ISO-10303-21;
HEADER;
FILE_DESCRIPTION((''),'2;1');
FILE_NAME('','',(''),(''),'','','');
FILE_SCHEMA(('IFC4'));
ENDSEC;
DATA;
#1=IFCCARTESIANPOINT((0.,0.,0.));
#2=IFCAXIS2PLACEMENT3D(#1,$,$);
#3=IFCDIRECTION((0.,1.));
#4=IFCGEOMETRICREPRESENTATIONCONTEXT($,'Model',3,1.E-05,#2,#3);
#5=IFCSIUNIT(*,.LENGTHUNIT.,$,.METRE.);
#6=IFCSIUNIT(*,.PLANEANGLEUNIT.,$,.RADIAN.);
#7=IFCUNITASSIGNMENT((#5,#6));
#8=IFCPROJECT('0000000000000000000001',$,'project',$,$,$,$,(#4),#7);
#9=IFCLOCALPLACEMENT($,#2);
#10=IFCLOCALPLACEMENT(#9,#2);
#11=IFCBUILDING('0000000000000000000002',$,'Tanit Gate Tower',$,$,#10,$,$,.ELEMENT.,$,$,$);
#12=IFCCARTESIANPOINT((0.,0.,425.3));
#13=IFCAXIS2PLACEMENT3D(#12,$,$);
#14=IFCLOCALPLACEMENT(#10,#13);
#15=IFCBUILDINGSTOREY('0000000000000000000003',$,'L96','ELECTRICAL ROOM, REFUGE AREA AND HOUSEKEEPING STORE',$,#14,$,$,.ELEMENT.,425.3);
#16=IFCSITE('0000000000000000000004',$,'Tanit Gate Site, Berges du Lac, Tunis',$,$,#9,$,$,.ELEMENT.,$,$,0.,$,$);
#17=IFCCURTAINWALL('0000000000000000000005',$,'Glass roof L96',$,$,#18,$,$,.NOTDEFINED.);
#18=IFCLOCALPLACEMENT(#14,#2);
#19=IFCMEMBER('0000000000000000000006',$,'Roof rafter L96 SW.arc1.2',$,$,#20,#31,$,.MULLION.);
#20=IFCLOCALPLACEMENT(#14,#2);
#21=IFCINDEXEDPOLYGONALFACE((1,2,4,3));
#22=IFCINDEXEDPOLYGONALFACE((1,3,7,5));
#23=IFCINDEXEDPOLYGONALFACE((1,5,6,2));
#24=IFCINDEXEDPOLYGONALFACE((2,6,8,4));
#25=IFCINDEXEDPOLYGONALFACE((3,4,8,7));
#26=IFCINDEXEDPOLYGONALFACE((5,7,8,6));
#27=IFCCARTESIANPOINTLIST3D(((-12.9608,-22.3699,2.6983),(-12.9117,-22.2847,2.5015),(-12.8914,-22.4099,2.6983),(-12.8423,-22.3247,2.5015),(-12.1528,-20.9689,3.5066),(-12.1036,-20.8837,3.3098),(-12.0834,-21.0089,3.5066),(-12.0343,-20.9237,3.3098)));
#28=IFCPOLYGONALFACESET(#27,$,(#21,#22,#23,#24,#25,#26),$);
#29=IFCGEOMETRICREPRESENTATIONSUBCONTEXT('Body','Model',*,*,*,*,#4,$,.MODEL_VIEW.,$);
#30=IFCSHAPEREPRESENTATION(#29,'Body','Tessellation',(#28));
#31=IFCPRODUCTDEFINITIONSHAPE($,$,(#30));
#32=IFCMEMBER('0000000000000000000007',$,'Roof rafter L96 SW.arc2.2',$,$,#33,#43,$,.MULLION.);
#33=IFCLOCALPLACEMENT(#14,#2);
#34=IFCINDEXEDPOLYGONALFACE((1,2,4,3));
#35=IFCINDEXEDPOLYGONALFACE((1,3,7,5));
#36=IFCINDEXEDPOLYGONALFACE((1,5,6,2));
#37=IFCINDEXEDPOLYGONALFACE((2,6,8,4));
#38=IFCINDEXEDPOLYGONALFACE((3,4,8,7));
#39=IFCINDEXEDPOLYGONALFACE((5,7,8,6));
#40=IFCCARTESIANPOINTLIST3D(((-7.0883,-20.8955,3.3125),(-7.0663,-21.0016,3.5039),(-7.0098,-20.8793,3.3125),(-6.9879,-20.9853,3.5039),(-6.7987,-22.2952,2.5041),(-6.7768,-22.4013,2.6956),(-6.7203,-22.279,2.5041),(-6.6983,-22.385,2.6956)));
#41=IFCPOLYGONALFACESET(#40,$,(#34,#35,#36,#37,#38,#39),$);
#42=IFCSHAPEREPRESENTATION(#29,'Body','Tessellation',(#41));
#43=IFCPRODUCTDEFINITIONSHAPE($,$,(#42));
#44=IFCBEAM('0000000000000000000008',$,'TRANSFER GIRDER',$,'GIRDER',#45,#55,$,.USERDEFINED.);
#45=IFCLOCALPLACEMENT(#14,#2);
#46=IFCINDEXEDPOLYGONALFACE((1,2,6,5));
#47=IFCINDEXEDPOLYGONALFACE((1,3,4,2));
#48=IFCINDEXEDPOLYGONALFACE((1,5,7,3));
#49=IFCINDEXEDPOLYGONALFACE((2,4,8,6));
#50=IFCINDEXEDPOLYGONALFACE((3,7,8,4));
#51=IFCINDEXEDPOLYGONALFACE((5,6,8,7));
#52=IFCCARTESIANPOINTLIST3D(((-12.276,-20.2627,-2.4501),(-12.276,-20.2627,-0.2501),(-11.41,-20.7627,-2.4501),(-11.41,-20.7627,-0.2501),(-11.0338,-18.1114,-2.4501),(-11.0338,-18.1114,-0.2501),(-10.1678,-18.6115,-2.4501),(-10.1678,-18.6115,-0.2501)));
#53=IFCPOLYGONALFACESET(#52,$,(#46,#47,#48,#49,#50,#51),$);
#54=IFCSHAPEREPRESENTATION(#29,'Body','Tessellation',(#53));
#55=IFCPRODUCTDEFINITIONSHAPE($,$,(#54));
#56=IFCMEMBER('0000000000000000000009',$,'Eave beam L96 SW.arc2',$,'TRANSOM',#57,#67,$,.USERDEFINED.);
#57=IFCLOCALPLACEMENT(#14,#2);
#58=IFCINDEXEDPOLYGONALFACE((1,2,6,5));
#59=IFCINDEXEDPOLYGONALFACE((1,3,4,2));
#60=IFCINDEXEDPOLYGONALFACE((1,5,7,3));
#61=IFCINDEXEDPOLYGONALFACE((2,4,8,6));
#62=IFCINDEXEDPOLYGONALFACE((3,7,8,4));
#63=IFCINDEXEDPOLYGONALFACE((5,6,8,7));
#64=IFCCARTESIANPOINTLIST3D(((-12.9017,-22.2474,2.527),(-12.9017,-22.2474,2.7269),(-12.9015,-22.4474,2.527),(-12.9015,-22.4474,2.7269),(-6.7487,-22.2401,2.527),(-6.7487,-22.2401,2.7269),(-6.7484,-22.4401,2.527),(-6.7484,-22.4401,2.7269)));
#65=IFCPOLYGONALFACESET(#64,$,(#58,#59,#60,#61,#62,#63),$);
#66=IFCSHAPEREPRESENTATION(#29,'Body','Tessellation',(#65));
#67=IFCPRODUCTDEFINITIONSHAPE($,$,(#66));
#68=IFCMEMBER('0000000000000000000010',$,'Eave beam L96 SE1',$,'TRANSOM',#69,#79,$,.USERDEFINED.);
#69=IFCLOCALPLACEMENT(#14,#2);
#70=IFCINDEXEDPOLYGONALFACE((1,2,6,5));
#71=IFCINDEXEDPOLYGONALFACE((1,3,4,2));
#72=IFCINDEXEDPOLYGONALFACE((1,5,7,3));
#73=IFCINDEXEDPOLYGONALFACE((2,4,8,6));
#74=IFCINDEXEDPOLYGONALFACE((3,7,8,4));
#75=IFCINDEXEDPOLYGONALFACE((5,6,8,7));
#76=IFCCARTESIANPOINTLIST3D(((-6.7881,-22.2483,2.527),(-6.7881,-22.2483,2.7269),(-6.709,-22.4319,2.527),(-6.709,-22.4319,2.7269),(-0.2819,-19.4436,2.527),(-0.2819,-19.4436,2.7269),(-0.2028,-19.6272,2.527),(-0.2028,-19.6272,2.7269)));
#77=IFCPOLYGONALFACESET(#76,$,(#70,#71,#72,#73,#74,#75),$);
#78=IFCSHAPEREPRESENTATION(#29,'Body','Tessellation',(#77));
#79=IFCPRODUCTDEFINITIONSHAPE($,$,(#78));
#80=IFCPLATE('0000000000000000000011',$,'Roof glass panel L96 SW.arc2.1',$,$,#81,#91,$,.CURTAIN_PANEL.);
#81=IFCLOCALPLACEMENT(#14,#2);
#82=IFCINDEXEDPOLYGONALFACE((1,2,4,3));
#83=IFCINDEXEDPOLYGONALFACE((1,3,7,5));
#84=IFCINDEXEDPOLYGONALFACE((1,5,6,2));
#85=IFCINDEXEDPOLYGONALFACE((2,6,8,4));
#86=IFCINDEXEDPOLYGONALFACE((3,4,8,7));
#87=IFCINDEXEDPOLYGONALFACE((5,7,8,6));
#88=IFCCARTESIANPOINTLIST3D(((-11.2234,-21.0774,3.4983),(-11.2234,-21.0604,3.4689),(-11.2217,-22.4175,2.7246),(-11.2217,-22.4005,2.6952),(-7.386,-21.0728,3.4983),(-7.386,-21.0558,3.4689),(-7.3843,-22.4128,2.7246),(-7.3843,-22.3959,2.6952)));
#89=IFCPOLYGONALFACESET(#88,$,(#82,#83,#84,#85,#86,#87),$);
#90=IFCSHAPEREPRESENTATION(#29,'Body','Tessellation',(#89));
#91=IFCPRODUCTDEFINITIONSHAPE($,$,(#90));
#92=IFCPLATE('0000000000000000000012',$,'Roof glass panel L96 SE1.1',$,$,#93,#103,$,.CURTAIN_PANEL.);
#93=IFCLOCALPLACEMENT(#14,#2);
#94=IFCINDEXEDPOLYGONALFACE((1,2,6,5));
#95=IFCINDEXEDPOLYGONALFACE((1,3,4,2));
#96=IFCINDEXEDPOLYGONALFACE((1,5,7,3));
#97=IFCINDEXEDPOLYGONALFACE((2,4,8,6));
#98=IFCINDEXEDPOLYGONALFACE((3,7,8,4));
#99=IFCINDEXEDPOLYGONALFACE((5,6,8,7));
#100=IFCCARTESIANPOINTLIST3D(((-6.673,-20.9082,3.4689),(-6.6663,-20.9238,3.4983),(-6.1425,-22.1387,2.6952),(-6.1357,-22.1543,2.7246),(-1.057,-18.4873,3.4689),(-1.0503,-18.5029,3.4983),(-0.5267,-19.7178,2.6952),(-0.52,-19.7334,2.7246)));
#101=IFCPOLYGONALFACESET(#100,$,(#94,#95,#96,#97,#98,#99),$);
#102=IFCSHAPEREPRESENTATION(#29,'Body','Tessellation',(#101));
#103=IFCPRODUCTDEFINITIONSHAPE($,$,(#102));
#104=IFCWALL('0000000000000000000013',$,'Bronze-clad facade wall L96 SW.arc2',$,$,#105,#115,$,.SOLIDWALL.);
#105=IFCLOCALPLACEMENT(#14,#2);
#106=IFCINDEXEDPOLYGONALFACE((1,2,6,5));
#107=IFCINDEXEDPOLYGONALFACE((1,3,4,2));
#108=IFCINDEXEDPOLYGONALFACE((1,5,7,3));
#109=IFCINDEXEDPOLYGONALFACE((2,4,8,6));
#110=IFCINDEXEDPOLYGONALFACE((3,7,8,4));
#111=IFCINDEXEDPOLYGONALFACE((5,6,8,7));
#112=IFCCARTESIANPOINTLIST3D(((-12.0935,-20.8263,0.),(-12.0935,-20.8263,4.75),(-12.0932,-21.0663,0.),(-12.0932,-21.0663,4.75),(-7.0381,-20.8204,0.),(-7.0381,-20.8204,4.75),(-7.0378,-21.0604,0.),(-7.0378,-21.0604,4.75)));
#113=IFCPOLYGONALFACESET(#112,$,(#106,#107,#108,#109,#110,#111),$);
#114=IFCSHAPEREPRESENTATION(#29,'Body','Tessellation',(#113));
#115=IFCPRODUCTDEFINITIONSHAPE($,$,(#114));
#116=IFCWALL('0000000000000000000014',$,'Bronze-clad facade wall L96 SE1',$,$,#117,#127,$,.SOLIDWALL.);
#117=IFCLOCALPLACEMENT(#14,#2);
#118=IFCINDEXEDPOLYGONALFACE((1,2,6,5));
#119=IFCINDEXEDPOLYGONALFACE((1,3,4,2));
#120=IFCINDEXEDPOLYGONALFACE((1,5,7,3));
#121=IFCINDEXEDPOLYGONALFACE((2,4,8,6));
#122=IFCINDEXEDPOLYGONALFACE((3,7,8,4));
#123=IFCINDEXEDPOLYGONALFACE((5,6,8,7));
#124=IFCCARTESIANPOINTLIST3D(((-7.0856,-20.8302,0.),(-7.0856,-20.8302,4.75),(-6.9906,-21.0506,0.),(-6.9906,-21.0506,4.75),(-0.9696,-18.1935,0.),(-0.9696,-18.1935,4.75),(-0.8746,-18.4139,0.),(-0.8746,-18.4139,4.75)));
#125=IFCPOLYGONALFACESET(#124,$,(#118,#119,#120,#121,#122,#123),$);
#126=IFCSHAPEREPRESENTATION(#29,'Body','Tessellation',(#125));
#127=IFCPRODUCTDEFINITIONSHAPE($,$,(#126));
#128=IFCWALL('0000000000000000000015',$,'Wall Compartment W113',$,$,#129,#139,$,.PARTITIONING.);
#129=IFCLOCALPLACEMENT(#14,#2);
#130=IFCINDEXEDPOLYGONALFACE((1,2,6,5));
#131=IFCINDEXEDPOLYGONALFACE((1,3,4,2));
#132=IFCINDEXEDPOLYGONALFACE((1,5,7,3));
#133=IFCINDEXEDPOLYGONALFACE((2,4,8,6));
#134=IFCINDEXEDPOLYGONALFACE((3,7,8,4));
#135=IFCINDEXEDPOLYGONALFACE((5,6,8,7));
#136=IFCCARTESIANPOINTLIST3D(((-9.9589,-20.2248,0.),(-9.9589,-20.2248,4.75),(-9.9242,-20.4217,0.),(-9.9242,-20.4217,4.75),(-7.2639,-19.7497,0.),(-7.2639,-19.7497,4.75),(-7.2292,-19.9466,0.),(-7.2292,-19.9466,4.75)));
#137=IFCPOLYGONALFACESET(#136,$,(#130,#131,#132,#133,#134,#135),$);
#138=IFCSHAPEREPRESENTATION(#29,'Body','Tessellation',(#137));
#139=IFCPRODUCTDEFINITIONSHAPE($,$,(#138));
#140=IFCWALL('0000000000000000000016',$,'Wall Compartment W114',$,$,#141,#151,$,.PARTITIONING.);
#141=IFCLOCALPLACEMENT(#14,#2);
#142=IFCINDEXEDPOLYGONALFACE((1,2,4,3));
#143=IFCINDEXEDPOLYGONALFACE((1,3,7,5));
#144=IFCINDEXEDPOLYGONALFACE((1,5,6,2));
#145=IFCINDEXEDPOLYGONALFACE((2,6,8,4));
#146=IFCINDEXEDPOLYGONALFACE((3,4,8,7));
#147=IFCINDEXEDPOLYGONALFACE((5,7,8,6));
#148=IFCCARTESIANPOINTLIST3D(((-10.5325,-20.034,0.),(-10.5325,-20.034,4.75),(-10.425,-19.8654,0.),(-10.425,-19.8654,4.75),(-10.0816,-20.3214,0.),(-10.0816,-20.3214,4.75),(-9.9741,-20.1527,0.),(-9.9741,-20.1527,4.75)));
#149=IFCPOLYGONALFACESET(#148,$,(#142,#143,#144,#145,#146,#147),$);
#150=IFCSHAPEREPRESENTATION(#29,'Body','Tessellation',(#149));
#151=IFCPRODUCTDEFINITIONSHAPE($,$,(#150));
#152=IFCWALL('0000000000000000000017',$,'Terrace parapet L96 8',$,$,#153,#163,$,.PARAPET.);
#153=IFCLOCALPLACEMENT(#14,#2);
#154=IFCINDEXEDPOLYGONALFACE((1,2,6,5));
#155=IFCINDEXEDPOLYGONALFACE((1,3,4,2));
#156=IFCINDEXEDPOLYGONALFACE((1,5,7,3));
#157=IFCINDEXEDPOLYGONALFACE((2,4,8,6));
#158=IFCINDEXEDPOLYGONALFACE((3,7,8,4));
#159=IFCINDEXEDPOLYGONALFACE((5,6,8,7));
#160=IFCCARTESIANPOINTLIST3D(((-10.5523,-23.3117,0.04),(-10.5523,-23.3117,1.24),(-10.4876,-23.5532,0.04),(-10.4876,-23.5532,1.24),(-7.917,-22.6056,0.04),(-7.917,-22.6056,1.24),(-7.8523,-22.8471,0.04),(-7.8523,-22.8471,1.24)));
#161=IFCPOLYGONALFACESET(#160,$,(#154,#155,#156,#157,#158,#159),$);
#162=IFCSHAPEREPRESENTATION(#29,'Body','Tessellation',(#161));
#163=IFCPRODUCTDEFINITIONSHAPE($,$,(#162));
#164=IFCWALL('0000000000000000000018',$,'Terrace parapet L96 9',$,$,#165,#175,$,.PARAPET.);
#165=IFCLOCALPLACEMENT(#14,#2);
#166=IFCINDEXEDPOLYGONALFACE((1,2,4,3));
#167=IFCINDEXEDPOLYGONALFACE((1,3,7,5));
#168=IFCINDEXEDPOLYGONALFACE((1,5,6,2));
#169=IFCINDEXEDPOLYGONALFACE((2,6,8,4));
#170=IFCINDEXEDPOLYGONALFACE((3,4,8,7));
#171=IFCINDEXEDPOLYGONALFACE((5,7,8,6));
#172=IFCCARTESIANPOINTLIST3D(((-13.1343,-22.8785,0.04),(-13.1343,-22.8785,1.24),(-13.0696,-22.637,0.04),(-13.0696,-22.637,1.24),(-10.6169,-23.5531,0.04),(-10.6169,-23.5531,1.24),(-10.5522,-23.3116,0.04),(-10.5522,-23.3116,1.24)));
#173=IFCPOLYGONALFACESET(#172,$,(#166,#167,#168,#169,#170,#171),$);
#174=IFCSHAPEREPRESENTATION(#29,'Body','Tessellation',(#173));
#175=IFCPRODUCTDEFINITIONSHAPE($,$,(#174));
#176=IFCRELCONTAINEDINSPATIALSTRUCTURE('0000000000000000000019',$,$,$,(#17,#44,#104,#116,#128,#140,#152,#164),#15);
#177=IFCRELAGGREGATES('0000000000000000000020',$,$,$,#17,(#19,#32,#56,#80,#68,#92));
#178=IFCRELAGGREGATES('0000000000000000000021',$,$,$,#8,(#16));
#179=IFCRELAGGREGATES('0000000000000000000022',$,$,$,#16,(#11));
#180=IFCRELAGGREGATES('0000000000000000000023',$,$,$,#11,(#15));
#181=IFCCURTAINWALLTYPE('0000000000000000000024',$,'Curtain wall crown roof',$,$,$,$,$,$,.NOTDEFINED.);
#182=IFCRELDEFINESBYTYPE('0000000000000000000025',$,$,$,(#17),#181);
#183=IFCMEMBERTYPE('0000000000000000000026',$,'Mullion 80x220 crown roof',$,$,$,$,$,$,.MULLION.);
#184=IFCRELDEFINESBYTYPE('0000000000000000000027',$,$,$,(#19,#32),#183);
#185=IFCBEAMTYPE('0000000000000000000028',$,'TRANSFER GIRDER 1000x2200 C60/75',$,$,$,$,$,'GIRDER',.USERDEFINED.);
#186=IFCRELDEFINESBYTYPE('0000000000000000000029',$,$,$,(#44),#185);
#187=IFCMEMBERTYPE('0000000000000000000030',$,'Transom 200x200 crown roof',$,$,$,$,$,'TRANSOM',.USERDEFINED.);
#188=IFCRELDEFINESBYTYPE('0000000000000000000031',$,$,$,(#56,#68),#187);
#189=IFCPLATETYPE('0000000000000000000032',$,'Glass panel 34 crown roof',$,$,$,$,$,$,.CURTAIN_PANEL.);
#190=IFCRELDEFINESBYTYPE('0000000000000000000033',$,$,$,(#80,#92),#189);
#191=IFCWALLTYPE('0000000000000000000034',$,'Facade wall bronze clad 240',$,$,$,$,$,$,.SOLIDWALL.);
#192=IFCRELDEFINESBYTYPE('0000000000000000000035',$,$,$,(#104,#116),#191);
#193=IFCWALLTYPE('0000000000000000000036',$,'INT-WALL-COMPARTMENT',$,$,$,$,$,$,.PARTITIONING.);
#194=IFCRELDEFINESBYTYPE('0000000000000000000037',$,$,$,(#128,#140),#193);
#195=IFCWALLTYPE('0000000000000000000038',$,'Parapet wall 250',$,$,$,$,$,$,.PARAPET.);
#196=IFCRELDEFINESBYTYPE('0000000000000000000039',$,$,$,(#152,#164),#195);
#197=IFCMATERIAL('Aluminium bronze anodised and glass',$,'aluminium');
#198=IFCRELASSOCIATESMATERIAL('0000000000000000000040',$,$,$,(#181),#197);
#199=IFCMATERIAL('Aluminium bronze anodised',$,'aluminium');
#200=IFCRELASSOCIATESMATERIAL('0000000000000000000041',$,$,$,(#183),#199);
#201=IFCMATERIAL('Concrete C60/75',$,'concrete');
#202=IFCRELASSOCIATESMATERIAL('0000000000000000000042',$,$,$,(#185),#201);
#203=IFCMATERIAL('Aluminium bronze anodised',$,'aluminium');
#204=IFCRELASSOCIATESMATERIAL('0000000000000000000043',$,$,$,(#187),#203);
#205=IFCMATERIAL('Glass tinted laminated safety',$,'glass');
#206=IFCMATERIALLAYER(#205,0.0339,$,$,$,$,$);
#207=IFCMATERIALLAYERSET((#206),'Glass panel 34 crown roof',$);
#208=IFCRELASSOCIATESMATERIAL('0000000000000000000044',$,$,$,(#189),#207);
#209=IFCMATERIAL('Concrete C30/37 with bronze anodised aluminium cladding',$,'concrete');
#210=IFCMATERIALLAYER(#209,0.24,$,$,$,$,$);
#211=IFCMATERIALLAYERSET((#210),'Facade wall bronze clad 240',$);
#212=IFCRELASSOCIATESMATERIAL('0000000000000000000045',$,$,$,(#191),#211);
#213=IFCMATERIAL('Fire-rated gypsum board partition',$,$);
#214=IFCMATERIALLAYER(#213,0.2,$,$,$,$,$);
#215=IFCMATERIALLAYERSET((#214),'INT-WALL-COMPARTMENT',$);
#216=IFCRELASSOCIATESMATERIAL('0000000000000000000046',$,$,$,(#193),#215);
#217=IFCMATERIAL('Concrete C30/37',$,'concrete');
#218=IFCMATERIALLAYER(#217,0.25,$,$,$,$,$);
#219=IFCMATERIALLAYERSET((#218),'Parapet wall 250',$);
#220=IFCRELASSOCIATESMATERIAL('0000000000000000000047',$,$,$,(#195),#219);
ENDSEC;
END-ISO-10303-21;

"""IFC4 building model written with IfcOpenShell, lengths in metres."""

from ifc_helpers import new_model, si_unit, direction, frame, frame_2d, origin, origin_2d, place, context, subcontext, project, spatial, polyline, rectangle, outline, extrude, material, layer, layer_set, material_profile, profile_set, type_object, element, aggregate, save


model = new_model("IFC4")

# Units and contexts
model_context = context("Model", 3, precision=1e-05, world=origin(), true_north=direction((0.0, 1.0)))
body_context = subcontext(model_context, "Body", "Model", "MODEL_VIEW")
ifc_project = project(units=[si_unit("LENGTHUNIT", "METRE"), si_unit("PLANEANGLEUNIT", "RADIAN")], contexts=[model_context])

# Site, building, storey
site_placement = place(None, origin())
site = spatial("IfcSite", under=ifc_project, at=site_placement, Name="Tanit Gate Site, Berges du Lac, Tunis", CompositionType="ELEMENT", RefElevation=0.0)
building_placement = place(site_placement, origin())
building = spatial("IfcBuilding", under=site, at=building_placement, Name="Tanit Gate Tower", CompositionType="ELEMENT")
storey_placement = place(building_placement, frame((0.0, 0.0, 425.3)))
storey = spatial("IfcBuildingStorey", under=building, at=storey_placement, Name="L96", Description="ELECTRICAL ROOM, REFUGE AREA AND HOUSEKEEPING STORE", CompositionType="ELEMENT", Elevation=425.3)

# Curtain wall, members
ifc_material_1 = material(Name="Aluminium bronze anodised and glass", Category="aluminium")
curtain_wall_type = type_object("IfcCurtainWallType", Name="Curtain wall crown roof", PredefinedType="NOTDEFINED", material=ifc_material_1)
curtain_wall_placement = place(storey_placement, origin())
curtain_wall = element("IfcCurtainWall", 1, at=curtain_wall_placement, inside=storey, type_object=curtain_wall_type, Name="Glass roof L96", PredefinedType="NOTDEFINED")
ifc_material_2 = material(Name="Aluminium bronze anodised", Category="aluminium")
ifc_material_profile_1 = material_profile(ifc_material_2, rectangle(XDim=0.0801, YDim=0.22, at=origin_2d()), Name="80x220 bronze rafter")
ifc_profile_set_1 = profile_set([ifc_material_profile_1], Name="Aluminium bronze anodised")
member_type_1 = type_object("IfcMemberType", Name="Mullion 80x220 crown roof", PredefinedType="MULLION", material=ifc_profile_set_1)
member_1_placement = place(storey_placement, frame((-12.0935, -20.9463, 3.4082), z_axis=(-0.44691, -0.774869, -0.447045), x_axis=(0.866248, -0.499614, 0.0)))
member_1 = element("IfcMember", 2, at=member_1_placement, type_object=member_type_1, Name="Roof rafter L96 SW.arc1.2", PredefinedType="MULLION", context=body_context, shape_type="SweptSolid", body=[
    extrude(rectangle(XDim=0.0801, YDim=0.22, at=origin_2d()), origin(), (0.0, 0.0, 1.0), 1.8081),
])
member_2_placement = place(storey_placement, frame((-7.0381, -20.9404, 3.4082), z_axis=(0.176335, -0.852387, -0.492282), x_axis=(0.979265, 0.202583, 0.0)))
member_2 = element("IfcMember", 3, at=member_2_placement, type_object=member_type_1, Name="Roof rafter L96 SW.arc2.2", PredefinedType="MULLION", context=body_context, shape_type="SweptSolid", body=[
    extrude(rectangle(XDim=0.0801, YDim=0.22, at=origin_2d()), origin(), (0.0, 0.0, 1.0), 1.6421),
])

# Beam
ifc_material_3 = material(Name="Concrete C60/75", Category="concrete")
ifc_material_profile_2 = material_profile(ifc_material_3, rectangle(XDim=1.0, YDim=2.2, at=origin_2d()), Name="RC 1000x2200")
ifc_profile_set_2 = profile_set([ifc_material_profile_2], Name="Concrete C60/75")
beam_type = type_object("IfcBeamType", Name="TRANSFER GIRDER 1000x2200 C60/75", ElementType="GIRDER", PredefinedType="USERDEFINED", material=ifc_profile_set_2)
beam_placement = place(storey_placement, frame((-11.843, -20.5127, -1.3501), z_axis=(0.500071, 0.865984, 0.0), x_axis=(-0.865984, 0.500071, 0.0)))
element("IfcBeam", 4, at=beam_placement, inside=storey, type_object=beam_type, Name="TRANSFER GIRDER", ObjectType="GIRDER", PredefinedType="USERDEFINED", context=body_context, shape_type="SweptSolid", body=[
    extrude(rectangle(XDim=1.0, YDim=2.2, at=origin_2d()), origin(), (0.0, 0.0, 1.0), 2.4841),
])

# Members
ifc_material_4 = material(Name="Aluminium bronze anodised", Category="aluminium")
ifc_material_profile_3 = material_profile(ifc_material_4, rectangle(XDim=0.2, YDim=0.2, at=origin_2d()), Name="200x200 bronze transom")
ifc_profile_set_3 = profile_set([ifc_material_profile_3], Name="Aluminium bronze anodised")
member_type_2 = type_object("IfcMemberType", Name="Transom 200x200 crown roof", ElementType="TRANSOM", PredefinedType="USERDEFINED", material=ifc_profile_set_3)
member_3_placement = place(storey_placement, frame((-12.9016, -22.3474, 2.627), z_axis=(0.999999, 0.00119, 0.0), x_axis=(-0.00119, 0.999999, 0.0)))
member_3 = element("IfcMember", 5, at=member_3_placement, type_object=member_type_2, Name="Eave beam L96 SW.arc2", ObjectType="TRANSOM", PredefinedType="USERDEFINED", context=body_context, shape_type="SweptSolid", body=[
    extrude(rectangle(XDim=0.2, YDim=0.2, at=origin_2d()), origin(), (0.0, 0.0, 1.0), 6.1531),
])
member_4_placement = place(storey_placement, frame((-6.7485, -22.3401, 2.627), z_axis=(0.918307, 0.395869, 0.0), x_axis=(-0.395869, 0.918307, 0.0)))
member_4 = element("IfcMember", 6, at=member_4_placement, type_object=member_type_2, Name="Eave beam L96 SE1", ObjectType="TRANSOM", PredefinedType="USERDEFINED", context=body_context, shape_type="SweptSolid", body=[
    extrude(rectangle(XDim=0.2, YDim=0.2, at=origin_2d()), origin(), (0.0, 0.0, 1.0), 7.085),
])

# Plates
ifc_material_5 = material(Name="Glass tinted laminated safety", Category="glass")
ifc_layer_1 = layer(ifc_material_5, 0.0339)
ifc_layer_set_1 = layer_set([ifc_layer_1], Name="Glass panel 34 crown roof")
plate_type = type_object("IfcPlateType", Name="Glass panel 34 crown roof", PredefinedType="CURTAIN_PANEL", material=ifc_layer_set_1)
plate_1_placement = place(storey_placement, frame((-11.2234, -21.0774, 3.4983), z_axis=(0.000604, -0.49999, 0.866031), x_axis=(0.999999, 0.001209, 0.0)))
plate_1 = element("IfcPlate", 7, at=plate_1_placement, type_object=plate_type, Name="Roof glass panel L96 SW.arc2.1", PredefinedType="CURTAIN_PANEL", context=body_context, shape_type="SweptSolid", body=[
    extrude(outline(polyline([(0.0, 0.0), (3.8374, 0.0), (3.8375, -1.5474), (0.0001, -1.5474), (0.0, 0.0)])), origin(), (0.0, 0.0, -1.0), 0.0339),
])
plate_2_placement = place(storey_placement, frame((-6.6663, -20.9238, 3.4983), z_axis=(0.197949, -0.45919, 0.866003), x_axis=(0.91831, 0.395862, -0.000003)))
plate_2 = element("IfcPlate", 8, at=plate_2_placement, type_object=plate_type, Name="Roof glass panel L96 SE1.1", PredefinedType="CURTAIN_PANEL", context=body_context, shape_type="SweptSolid", body=[
    extrude(outline(polyline([(0.0, 0.0), (6.1155, 0.0), (6.1154, -1.5472), (0.0001, -1.5473), (0.0, 0.0)])), origin(), (0.0, 0.0, -1.0), 0.0339),
])
aggregate(curtain_wall, [member_1, member_2, member_3, plate_1, member_4, plate_2])

# Walls
ifc_material_6 = material(Name="Concrete C30/37 with bronze anodised aluminium cladding", Category="concrete")
ifc_layer_2 = layer(ifc_material_6, 0.24)
ifc_layer_set_2 = layer_set([ifc_layer_2], Name="Facade wall bronze clad 240")
wall_type_1 = type_object("IfcWallType", Name="Facade wall bronze clad 240", PredefinedType="SOLIDWALL", material=ifc_layer_set_2)
wall_1_placement = place(storey_placement, frame((-12.0935, -20.9463, 0.0), z_axis=(0.0, 0.0, 1.0), x_axis=(0.999999, 0.001159, 0.0)))
element("IfcWall", 9, at=wall_1_placement, inside=storey, type_object=wall_type_1, Name="Bronze-clad facade wall L96 SW.arc2", PredefinedType="SOLIDWALL", context=body_context, shape_type="SweptSolid", body=[
    extrude(rectangle(XDim=5.0554, YDim=0.24, at=frame_2d((2.5278, 0.0))), origin(), (0.0, 0.0, 1.0), 4.75),
])
wall_2_placement = place(storey_placement, frame((-7.0381, -20.9404, 0.0), z_axis=(0.0, 0.0, 1.0), x_axis=(0.918295, 0.395896, 0.0)))
element("IfcWall", 10, at=wall_2_placement, inside=storey, type_object=wall_type_1, Name="Bronze-clad facade wall L96 SE1", PredefinedType="SOLIDWALL", context=body_context, shape_type="SweptSolid", body=[
    extrude(rectangle(XDim=6.6602, YDim=0.24, at=frame_2d((3.3301, 0.0))), origin(), (0.0, 0.0, 1.0), 4.75),
])
ifc_material_7 = material(Name="Fire-rated gypsum board partition")
ifc_layer_3 = layer(ifc_material_7, 0.2)
ifc_layer_set_3 = layer_set([ifc_layer_3], Name="INT-WALL-COMPARTMENT")
wall_type_2 = type_object("IfcWallType", Name="INT-WALL-COMPARTMENT", PredefinedType="PARTITIONING", material=ifc_layer_set_3)
wall_3_placement = place(storey_placement, frame((-9.9414, -20.3232, 0.0), z_axis=(0.0, 0.0, 1.0), x_axis=(0.984815, 0.173607, 0.0)))
element("IfcWall", 11, at=wall_3_placement, inside=storey, type_object=wall_type_2, Name="Wall Compartment W113", PredefinedType="PARTITIONING", context=body_context, shape_type="SweptSolid", body=[
    extrude(rectangle(XDim=2.7366, YDim=0.2, at=frame_2d((1.3682, 0.0))), origin(), (0.0, 0.0, 1.0), 4.75),
])
wall_4_placement = place(storey_placement, frame((-10.4788, -19.9497, 0.0), z_axis=(0.0, 0.0, 1.0), x_axis=(0.843323, -0.537407, 0.0)))
element("IfcWall", 12, at=wall_4_placement, inside=storey, type_object=wall_type_2, Name="Wall Compartment W114", PredefinedType="PARTITIONING", context=body_context, shape_type="SweptSolid", body=[
    extrude(rectangle(XDim=0.5347, YDim=0.2, at=frame_2d((0.2673, 0.0))), origin(), (0.0, 0.0, 1.0), 4.75),
])
ifc_material_8 = material(Name="Concrete C30/37", Category="concrete")
ifc_layer_4 = layer(ifc_material_8, 0.25)
ifc_layer_set_4 = layer_set([ifc_layer_4], Name="Parapet wall 250")
wall_type_3 = type_object("IfcWallType", Name="Parapet wall 250", PredefinedType="PARAPET", material=ifc_layer_set_4)
wall_5_placement = place(storey_placement, frame((-7.8845, -22.7263, 0.04), z_axis=(0.0, 0.0, 1.0), x_axis=(-0.965931, -0.258799, 0.0)))
element("IfcWall", 13, at=wall_5_placement, inside=storey, type_object=wall_type_3, Name="Terrace parapet L96 8", PredefinedType="PARAPET", context=body_context, shape_type="SweptSolid", body=[
    extrude(rectangle(XDim=2.7283, YDim=0.25, at=frame_2d((1.3643, 0.0))), origin(), (0.0, 0.0, 1.0), 1.2),
])
wall_6_placement = place(storey_placement, frame((-10.5845, -23.4324, 0.04), z_axis=(0.0, 0.0, 1.0), x_axis=(-0.965922, 0.258834, 0.0)))
element("IfcWall", 14, at=wall_6_placement, inside=storey, type_object=wall_type_3, Name="Terrace parapet L96 9", PredefinedType="PARAPET", context=body_context, shape_type="SweptSolid", body=[
    extrude(rectangle(XDim=2.6062, YDim=0.25, at=frame_2d((1.3032, 0.0))), origin(), (0.0, 0.0, 1.0), 1.2),
])

save(model, "model.ifc")
